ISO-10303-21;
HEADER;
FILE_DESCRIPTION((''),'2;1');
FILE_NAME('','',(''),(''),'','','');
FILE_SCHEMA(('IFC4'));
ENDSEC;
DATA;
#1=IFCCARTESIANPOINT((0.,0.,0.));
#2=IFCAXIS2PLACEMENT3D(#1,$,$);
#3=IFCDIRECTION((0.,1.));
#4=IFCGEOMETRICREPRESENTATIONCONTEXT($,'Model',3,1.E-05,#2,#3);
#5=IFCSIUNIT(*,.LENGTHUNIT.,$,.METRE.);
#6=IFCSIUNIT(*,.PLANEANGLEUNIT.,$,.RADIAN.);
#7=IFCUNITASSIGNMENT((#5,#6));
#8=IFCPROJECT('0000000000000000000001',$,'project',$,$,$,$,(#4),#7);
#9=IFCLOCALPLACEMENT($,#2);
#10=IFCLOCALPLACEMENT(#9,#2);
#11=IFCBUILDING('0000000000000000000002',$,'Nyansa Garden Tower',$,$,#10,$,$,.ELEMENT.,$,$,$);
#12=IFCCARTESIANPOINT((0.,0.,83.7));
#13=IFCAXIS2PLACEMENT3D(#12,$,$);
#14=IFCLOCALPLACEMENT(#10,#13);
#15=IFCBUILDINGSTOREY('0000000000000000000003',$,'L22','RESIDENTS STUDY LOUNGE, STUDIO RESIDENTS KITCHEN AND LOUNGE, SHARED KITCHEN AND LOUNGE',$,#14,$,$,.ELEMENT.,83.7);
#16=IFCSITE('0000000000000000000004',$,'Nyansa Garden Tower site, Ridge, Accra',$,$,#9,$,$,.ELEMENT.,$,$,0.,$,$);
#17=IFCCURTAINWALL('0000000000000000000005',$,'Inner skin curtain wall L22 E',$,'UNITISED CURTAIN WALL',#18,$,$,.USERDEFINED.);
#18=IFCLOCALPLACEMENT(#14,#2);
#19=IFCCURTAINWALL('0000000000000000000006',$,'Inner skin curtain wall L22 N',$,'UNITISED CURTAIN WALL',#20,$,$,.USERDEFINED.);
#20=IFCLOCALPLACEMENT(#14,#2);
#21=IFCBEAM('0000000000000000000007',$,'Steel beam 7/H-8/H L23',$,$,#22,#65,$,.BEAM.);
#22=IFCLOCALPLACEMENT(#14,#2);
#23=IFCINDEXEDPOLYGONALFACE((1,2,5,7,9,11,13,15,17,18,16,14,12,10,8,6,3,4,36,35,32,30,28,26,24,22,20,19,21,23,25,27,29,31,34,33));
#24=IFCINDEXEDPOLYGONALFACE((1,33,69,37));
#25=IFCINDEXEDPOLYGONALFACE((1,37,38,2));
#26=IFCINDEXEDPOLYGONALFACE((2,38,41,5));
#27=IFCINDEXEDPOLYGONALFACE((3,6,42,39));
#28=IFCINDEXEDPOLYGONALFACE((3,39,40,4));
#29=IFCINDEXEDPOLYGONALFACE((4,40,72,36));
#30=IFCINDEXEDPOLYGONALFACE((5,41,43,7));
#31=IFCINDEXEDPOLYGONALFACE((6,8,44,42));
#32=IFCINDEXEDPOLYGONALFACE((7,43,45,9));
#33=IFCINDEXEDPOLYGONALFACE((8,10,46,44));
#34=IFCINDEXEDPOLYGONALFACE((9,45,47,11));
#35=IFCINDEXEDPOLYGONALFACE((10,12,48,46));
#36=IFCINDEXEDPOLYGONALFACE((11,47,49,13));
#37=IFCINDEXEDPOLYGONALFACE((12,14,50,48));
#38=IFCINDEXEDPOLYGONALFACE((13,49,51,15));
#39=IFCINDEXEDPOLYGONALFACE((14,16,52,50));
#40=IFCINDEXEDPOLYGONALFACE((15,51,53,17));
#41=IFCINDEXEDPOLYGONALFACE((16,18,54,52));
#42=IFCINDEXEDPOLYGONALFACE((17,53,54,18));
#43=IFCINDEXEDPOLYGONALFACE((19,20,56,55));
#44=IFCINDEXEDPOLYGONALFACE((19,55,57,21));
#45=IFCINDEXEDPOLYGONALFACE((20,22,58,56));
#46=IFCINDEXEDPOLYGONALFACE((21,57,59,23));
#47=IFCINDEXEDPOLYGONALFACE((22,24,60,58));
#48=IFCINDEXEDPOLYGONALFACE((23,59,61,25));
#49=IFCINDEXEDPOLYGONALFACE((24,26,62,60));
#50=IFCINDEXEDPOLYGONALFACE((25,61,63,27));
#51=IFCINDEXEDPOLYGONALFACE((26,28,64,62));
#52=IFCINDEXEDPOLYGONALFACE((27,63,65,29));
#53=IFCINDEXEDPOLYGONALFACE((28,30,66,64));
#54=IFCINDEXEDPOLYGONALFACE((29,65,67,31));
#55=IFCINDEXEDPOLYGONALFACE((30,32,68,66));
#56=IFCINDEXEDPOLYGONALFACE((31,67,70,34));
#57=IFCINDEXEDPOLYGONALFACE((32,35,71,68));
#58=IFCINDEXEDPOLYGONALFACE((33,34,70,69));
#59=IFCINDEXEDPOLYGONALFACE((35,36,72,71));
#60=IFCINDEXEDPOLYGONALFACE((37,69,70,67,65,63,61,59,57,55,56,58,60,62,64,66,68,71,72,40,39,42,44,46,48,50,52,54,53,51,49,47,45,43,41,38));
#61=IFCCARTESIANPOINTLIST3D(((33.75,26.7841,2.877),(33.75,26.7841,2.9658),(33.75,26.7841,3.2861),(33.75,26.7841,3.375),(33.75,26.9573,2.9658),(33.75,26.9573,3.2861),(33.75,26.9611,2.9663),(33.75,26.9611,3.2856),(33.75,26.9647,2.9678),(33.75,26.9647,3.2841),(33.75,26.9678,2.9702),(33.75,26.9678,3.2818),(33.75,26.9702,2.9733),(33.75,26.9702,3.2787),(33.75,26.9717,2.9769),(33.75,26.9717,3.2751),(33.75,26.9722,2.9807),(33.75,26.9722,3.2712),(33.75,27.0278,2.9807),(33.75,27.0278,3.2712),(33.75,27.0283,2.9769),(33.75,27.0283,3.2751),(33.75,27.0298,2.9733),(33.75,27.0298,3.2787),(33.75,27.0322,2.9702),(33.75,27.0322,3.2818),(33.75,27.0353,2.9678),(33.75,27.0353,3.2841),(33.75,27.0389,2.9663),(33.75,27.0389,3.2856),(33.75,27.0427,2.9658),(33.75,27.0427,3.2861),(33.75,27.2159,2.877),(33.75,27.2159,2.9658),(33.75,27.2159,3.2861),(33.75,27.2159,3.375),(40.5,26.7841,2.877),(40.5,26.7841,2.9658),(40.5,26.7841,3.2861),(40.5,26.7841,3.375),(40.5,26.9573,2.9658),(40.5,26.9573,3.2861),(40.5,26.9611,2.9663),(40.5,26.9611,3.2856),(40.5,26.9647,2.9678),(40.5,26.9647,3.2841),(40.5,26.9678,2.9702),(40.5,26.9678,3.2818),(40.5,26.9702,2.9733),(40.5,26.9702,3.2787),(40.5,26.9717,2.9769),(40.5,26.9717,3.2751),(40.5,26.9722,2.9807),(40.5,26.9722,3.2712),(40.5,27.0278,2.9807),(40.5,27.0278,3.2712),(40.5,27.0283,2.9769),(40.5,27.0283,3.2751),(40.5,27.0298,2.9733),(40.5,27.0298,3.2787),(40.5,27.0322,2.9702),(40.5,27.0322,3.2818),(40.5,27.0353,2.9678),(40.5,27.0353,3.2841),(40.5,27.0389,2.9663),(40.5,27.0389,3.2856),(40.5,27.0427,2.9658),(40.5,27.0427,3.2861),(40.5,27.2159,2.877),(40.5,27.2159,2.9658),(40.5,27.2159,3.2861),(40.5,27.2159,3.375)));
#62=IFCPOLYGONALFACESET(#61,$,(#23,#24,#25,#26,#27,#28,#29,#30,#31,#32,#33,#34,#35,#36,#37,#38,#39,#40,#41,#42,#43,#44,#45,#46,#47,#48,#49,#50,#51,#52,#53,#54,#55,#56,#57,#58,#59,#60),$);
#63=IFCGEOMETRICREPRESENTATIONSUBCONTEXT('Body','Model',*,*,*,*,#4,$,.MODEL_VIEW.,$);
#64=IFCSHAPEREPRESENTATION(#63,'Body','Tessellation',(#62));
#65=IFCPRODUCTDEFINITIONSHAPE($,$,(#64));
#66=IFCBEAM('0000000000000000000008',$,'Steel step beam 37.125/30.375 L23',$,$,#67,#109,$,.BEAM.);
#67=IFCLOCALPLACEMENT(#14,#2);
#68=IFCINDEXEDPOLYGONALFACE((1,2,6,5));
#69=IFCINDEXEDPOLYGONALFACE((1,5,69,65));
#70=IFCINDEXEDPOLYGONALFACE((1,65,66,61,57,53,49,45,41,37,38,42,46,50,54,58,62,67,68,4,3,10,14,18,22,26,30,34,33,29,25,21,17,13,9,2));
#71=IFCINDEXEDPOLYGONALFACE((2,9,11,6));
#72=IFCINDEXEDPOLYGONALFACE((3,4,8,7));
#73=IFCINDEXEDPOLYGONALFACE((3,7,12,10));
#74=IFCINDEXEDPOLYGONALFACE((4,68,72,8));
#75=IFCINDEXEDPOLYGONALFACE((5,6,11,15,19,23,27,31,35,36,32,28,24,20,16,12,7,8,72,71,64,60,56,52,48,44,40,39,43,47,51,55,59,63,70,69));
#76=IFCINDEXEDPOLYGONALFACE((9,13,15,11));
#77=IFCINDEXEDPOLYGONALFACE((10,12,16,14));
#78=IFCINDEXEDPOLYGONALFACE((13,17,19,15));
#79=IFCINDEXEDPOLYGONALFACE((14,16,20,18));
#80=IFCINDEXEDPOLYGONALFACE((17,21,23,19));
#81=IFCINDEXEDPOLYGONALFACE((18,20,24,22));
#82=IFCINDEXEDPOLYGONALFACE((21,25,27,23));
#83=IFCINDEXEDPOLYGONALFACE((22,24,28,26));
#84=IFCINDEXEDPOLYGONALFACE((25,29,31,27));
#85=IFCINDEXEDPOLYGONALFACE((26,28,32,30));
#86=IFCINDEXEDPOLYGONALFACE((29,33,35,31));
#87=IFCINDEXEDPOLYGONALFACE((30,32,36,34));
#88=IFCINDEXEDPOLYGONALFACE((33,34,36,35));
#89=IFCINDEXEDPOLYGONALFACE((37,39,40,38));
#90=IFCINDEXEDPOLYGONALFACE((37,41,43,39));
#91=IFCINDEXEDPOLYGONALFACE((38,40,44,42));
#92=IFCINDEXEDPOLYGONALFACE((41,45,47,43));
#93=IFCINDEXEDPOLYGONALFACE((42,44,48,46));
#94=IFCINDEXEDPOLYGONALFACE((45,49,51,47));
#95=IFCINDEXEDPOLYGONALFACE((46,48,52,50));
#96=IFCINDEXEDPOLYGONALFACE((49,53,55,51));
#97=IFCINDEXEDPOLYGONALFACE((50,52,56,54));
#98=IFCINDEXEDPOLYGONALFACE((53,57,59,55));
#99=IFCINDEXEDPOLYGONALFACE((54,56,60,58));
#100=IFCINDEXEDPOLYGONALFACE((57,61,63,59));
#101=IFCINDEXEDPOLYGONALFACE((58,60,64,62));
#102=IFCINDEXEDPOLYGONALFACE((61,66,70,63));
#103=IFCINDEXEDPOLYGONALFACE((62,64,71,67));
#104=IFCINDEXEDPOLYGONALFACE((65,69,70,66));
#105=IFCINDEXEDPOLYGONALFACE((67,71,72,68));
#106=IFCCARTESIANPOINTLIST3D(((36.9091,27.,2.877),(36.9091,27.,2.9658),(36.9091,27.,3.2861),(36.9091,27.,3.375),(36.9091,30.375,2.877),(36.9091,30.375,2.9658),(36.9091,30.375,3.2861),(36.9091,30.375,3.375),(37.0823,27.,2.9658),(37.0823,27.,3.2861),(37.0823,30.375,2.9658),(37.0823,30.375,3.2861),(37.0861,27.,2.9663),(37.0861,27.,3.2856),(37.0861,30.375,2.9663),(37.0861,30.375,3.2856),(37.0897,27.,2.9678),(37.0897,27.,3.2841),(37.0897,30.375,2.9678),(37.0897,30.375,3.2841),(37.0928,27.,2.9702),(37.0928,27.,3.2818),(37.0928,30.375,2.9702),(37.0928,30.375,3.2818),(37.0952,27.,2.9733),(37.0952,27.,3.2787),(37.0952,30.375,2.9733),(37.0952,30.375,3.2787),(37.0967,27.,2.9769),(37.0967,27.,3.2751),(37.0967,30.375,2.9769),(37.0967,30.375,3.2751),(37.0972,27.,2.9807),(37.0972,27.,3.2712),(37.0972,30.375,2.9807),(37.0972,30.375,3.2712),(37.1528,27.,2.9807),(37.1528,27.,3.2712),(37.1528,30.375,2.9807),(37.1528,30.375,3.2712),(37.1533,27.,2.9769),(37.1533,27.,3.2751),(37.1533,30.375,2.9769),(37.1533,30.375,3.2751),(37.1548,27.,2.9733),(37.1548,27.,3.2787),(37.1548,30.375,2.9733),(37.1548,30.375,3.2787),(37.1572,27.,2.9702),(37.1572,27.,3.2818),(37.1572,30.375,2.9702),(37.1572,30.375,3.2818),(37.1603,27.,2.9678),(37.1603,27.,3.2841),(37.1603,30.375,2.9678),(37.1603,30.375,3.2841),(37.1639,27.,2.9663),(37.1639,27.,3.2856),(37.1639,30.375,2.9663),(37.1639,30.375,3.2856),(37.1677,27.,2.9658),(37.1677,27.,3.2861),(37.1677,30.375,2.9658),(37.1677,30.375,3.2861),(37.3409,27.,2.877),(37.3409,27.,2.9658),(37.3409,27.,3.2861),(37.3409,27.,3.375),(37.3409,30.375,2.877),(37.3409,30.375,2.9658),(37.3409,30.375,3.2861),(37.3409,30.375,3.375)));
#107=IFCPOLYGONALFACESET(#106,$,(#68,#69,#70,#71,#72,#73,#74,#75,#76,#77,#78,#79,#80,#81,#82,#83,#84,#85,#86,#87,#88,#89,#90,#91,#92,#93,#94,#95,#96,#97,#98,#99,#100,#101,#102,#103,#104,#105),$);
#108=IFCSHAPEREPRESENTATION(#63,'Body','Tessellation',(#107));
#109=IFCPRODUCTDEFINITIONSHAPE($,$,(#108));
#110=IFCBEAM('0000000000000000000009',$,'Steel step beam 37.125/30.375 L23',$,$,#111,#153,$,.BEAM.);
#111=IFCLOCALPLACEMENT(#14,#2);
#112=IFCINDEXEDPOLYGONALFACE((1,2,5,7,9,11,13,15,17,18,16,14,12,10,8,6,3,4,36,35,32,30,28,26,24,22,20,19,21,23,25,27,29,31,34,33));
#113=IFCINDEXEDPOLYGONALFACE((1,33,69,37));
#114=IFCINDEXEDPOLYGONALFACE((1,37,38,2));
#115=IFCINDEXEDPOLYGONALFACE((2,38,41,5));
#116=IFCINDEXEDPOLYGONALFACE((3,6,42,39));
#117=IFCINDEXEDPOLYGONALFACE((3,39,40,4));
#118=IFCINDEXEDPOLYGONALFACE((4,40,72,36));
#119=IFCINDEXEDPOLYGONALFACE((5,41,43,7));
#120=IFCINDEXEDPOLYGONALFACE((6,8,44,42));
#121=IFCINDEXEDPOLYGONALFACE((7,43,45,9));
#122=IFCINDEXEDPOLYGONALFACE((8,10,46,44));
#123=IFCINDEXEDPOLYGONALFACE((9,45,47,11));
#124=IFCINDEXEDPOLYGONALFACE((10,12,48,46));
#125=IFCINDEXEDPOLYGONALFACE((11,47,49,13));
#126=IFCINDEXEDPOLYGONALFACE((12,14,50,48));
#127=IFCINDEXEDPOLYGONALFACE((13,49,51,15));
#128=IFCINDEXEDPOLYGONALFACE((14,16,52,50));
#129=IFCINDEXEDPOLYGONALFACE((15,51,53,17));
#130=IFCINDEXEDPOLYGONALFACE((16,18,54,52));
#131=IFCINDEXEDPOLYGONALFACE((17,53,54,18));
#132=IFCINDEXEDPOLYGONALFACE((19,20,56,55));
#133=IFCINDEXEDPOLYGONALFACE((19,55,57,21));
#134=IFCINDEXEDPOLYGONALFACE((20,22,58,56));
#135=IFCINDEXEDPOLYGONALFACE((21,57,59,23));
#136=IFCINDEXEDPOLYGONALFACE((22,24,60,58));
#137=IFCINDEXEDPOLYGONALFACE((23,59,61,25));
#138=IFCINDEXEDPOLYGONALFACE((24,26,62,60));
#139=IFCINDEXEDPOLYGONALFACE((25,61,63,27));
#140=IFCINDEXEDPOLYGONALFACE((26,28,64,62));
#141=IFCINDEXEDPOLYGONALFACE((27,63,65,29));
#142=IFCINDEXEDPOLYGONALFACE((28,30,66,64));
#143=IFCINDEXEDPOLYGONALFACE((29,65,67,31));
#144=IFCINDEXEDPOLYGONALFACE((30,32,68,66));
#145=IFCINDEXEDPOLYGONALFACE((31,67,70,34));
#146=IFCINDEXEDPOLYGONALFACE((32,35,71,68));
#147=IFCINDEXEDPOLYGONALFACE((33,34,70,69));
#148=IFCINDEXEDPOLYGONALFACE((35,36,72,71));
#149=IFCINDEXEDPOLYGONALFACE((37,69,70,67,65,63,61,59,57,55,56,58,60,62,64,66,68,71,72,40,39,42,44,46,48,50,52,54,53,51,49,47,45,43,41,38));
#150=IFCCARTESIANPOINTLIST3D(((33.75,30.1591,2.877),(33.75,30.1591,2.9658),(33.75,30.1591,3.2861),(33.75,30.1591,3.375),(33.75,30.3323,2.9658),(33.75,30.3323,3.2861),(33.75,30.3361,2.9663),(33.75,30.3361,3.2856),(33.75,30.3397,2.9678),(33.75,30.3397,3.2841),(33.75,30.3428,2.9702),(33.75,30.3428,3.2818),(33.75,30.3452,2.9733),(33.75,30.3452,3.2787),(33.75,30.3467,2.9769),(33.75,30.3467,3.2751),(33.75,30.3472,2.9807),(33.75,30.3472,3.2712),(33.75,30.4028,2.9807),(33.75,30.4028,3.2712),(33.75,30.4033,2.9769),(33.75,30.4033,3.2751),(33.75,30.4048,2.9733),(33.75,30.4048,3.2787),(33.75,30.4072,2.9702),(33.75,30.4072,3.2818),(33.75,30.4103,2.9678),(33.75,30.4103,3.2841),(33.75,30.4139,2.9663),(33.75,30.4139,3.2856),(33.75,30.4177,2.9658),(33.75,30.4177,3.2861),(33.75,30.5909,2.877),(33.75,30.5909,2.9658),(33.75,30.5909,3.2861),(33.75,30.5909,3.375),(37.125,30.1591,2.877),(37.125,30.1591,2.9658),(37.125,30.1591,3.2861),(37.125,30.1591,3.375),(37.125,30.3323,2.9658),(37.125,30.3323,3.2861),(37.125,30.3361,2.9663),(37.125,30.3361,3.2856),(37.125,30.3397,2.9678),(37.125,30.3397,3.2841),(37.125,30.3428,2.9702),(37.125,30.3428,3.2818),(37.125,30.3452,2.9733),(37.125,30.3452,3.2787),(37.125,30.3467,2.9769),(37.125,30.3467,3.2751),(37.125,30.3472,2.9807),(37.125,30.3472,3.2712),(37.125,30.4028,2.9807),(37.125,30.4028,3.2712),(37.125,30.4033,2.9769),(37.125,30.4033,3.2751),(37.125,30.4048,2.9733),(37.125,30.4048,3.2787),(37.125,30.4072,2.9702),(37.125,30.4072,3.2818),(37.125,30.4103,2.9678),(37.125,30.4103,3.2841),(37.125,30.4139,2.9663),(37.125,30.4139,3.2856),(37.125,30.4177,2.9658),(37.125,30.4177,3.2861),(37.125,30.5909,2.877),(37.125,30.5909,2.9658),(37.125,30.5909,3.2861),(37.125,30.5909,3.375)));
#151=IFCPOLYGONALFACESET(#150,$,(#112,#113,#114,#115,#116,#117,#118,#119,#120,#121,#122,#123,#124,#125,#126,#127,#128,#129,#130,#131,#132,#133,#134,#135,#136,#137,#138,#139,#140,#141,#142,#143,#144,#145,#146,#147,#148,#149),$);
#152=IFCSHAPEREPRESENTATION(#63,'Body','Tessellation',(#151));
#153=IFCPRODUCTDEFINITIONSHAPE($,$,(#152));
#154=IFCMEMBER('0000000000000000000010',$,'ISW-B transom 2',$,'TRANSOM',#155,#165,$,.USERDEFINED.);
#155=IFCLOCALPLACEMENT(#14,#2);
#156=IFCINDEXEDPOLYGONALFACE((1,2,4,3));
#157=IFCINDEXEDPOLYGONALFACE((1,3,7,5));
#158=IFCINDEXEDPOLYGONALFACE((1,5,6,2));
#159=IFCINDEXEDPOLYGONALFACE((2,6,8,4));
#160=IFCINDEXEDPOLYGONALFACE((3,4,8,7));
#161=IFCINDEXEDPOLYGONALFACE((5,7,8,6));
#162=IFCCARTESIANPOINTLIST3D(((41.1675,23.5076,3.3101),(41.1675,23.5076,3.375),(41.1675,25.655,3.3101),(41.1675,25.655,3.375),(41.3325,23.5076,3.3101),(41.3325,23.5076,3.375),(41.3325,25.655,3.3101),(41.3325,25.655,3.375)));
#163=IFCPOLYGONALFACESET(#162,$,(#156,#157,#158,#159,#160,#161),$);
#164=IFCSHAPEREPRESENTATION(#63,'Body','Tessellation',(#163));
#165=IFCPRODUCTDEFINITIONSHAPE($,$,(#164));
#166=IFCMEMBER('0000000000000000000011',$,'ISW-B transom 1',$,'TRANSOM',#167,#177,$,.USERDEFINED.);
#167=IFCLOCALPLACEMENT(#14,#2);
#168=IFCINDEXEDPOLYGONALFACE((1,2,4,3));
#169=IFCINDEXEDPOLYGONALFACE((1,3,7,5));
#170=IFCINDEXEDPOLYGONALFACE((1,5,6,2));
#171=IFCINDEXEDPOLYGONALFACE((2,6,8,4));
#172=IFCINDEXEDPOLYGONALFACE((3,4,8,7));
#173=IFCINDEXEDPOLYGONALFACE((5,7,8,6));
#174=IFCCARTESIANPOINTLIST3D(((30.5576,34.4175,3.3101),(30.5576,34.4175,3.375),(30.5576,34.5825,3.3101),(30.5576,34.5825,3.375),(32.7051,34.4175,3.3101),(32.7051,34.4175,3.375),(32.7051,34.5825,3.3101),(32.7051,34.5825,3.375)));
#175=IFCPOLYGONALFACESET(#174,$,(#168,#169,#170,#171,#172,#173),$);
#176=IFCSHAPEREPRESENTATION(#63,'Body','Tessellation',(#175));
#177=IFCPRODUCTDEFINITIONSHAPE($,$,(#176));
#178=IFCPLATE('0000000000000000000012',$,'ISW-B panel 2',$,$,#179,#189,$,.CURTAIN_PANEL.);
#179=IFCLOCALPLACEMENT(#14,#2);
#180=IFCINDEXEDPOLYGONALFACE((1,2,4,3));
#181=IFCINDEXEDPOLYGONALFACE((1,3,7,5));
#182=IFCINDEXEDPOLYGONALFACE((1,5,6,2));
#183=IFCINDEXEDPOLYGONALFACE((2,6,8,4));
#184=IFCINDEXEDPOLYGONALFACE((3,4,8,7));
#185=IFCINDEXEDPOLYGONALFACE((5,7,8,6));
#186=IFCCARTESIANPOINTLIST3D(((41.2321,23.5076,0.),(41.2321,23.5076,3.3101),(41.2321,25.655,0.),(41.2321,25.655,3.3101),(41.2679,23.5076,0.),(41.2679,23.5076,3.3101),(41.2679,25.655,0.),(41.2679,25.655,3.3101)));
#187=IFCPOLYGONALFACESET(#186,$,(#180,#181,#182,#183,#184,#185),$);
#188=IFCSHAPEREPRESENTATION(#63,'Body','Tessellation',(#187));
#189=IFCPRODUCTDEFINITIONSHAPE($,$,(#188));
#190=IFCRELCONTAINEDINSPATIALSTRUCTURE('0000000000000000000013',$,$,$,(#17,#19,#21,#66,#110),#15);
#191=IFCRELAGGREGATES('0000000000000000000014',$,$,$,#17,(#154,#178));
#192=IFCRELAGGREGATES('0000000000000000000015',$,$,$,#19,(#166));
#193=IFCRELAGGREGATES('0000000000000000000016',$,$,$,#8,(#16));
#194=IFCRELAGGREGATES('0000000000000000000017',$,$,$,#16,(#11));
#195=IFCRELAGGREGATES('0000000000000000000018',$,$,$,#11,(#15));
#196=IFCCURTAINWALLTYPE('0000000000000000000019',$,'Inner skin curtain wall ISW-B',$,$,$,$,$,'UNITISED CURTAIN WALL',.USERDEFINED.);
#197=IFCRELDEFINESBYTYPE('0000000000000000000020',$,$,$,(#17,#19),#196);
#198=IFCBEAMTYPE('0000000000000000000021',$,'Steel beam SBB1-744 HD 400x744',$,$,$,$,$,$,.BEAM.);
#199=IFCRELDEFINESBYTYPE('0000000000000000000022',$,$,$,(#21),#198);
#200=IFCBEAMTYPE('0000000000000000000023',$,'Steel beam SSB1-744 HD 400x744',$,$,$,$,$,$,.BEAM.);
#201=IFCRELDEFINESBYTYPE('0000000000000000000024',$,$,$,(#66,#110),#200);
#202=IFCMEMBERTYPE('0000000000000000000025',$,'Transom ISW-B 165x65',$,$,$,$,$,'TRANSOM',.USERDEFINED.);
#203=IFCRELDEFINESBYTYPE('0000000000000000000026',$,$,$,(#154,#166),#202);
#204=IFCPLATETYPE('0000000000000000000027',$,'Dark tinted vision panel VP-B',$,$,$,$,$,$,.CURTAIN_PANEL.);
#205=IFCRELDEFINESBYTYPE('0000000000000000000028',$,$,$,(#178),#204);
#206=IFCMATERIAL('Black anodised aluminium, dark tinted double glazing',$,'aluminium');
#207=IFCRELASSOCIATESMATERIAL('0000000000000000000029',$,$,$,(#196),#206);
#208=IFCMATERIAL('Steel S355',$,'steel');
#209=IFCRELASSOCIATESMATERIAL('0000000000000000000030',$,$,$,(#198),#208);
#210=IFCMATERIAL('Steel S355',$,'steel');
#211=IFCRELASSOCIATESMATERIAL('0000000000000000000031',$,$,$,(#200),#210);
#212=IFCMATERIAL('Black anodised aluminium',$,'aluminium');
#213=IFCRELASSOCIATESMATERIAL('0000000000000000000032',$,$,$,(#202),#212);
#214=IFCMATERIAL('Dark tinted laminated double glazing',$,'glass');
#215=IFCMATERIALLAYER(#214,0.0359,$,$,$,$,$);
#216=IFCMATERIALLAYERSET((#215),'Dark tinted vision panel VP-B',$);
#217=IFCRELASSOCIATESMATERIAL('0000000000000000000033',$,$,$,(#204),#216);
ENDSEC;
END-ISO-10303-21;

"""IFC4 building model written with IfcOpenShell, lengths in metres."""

from ifc_helpers import new_model, si_unit, direction, frame, origin, origin_2d, place, context, subcontext, project, spatial, rectangle, i_section, extrude, material, layer, layer_set, material_profile, profile_set, type_object, element, aggregate, save


model = new_model("IFC4")

# Units and contexts
model_context = context("Model", 3, precision=1e-05, world=origin(), true_north=direction((0.0, 1.0)))
body_context = subcontext(model_context, "Body", "Model", "MODEL_VIEW")
ifc_project = project(units=[si_unit("LENGTHUNIT", "METRE"), si_unit("PLANEANGLEUNIT", "RADIAN")], contexts=[model_context])

# Site, building, storey
site_placement = place(None, origin())
site = spatial("IfcSite", under=ifc_project, at=site_placement, Name="Nyansa Garden Tower site, Ridge, Accra", CompositionType="ELEMENT", RefElevation=0.0)
building_placement = place(site_placement, origin())
building = spatial("IfcBuilding", under=site, at=building_placement, Name="Nyansa Garden Tower", CompositionType="ELEMENT")
storey_placement = place(building_placement, frame((0.0, 0.0, 83.7)))
storey = spatial("IfcBuildingStorey", under=building, at=storey_placement, Name="L22", Description="RESIDENTS STUDY LOUNGE, STUDIO RESIDENTS KITCHEN AND LOUNGE, SHARED KITCHEN AND LOUNGE", CompositionType="ELEMENT", Elevation=83.7)

# Curtain wall
ifc_material_1 = material(Name="Black anodised aluminium, dark tinted double glazing", Category="aluminium")
curtain_wall_type = type_object("IfcCurtainWallType", Name="Inner skin curtain wall ISW-B", ElementType="UNITISED CURTAIN WALL", PredefinedType="USERDEFINED", material=ifc_material_1)
curtain_wall_1_placement = place(storey_placement, origin())
curtain_wall_1 = element("IfcCurtainWall", 1, at=curtain_wall_1_placement, inside=storey, type_object=curtain_wall_type, Name="Inner skin curtain wall L22 E", ObjectType="UNITISED CURTAIN WALL", PredefinedType="USERDEFINED")

# Curtain wall
curtain_wall_2_placement = place(storey_placement, origin())
curtain_wall_2 = element("IfcCurtainWall", 2, at=curtain_wall_2_placement, inside=storey, type_object=curtain_wall_type, Name="Inner skin curtain wall L22 N", ObjectType="UNITISED CURTAIN WALL", PredefinedType="USERDEFINED")

# Beams
ifc_material_2 = material(Name="Steel S355", Category="steel")
ifc_material_profile_1 = material_profile(ifc_material_2, i_section(OverallWidth=0.4319, OverallDepth=0.498, WebThickness=0.0557, FlangeThickness=0.0889, FilletRadius=0.0149, at=origin_2d()), Name="HD 400x744")
ifc_profile_set_1 = profile_set([ifc_material_profile_1], Name="Steel S355")
beam_type_1 = type_object("IfcBeamType", Name="Steel beam SBB1-744 HD 400x744", PredefinedType="BEAM", material=ifc_profile_set_1)
for number, where, z_axis, x_axis, name in (
    (3, (33.75, 27.0, 3.126), (1.0, 0.0, 0.0), (0.0, 1.0, 0.0), "Steel beam 7/H-8/H L23"),
):
    element("IfcBeam", number, at=place(storey_placement, frame(where, z_axis=z_axis, x_axis=x_axis)), inside=storey, type_object=beam_type_1, Name=name, PredefinedType="BEAM", context=body_context, shape_type="SweptSolid", body=[
        extrude(i_section(OverallWidth=0.4319, OverallDepth=0.498, WebThickness=0.0557, FlangeThickness=0.0889, FilletRadius=0.0149, at=origin_2d()), origin(), (0.0, 0.0, 1.0), 6.75),
    ])
ifc_material_3 = material(Name="Steel S355", Category="steel")
ifc_material_profile_2 = material_profile(ifc_material_3, i_section(OverallWidth=0.4319, OverallDepth=0.498, WebThickness=0.0557, FlangeThickness=0.0889, FilletRadius=0.0149, at=origin_2d()), Name="HD 400x744")
ifc_profile_set_2 = profile_set([ifc_material_profile_2], Name="Steel S355")
beam_type_2 = type_object("IfcBeamType", Name="Steel beam SSB1-744 HD 400x744", PredefinedType="BEAM", material=ifc_profile_set_2)
for number, where, z_axis, x_axis, name in (
    (4, (37.125, 30.375, 3.126), (0.0, -1.0, 0.0), (1.0, 0.0, 0.0), "Steel step beam 37.125/30.375 L23"),
    (5, (37.125, 30.375, 3.126), (-1.0, 0.0, 0.0), (0.0, -1.0, 0.0), "Steel step beam 37.125/30.375 L23"),
):
    element("IfcBeam", number, at=place(storey_placement, frame(where, z_axis=z_axis, x_axis=x_axis)), inside=storey, type_object=beam_type_2, Name=name, PredefinedType="BEAM", context=body_context, shape_type="SweptSolid", body=[
        extrude(i_section(OverallWidth=0.4319, OverallDepth=0.498, WebThickness=0.0557, FlangeThickness=0.0889, FilletRadius=0.0149, at=origin_2d()), origin(), (0.0, 0.0, 1.0), 3.375),
    ])

# Members
ifc_material_4 = material(Name="Black anodised aluminium", Category="aluminium")
ifc_material_profile_3 = material_profile(ifc_material_4, rectangle(XDim=0.165, YDim=0.0649, at=origin_2d()), Name="Transom 165x65")
ifc_profile_set_3 = profile_set([ifc_material_profile_3], Name="Black anodised aluminium")
member_type_1 = type_object("IfcMemberType", Name="Transom ISW-B 165x65", ElementType="TRANSOM", PredefinedType="USERDEFINED", material=ifc_profile_set_3)
member_1_placement = place(storey_placement, frame((41.25, 23.5076, 3.3425), z_axis=(0.0, 1.0, 0.0), x_axis=(-1.0, 0.0, 0.0)))
member_1 = element("IfcMember", 6, at=member_1_placement, type_object=member_type_1, Name="ISW-B transom 2", ObjectType="TRANSOM", PredefinedType="USERDEFINED", context=body_context, shape_type="SweptSolid", body=[
    extrude(rectangle(XDim=0.165, YDim=0.0649, at=origin_2d()), origin(), (0.0, 0.0, 1.0), 2.1475),
])
member_2_placement = place(storey_placement, frame((32.7051, 34.5, 3.3425), z_axis=(-1.0, 0.0, 0.0), x_axis=(0.0, -1.0, 0.0)))
member_2 = element("IfcMember", 7, at=member_2_placement, type_object=member_type_1, Name="ISW-B transom 1", ObjectType="TRANSOM", PredefinedType="USERDEFINED", context=body_context, shape_type="SweptSolid", body=[
    extrude(rectangle(XDim=0.165, YDim=0.0649, at=origin_2d()), origin(), (0.0, 0.0, 1.0), 2.1475),
])

# Plate
ifc_material_5 = material(Name="Dark tinted laminated double glazing", Category="glass")
ifc_layer_1 = layer(ifc_material_5, 0.0359)
ifc_layer_set_1 = layer_set([ifc_layer_1], Name="Dark tinted vision panel VP-B")
plate_type = type_object("IfcPlateType", Name="Dark tinted vision panel VP-B", PredefinedType="CURTAIN_PANEL", material=ifc_layer_set_1)
plate_1_placement = place(storey_placement, frame((41.25, 24.5813, 0.0), z_axis=(0.0, 0.0, 1.0), x_axis=(0.0, 1.0, 0.0)))
plate_1 = element("IfcPlate", 8, at=plate_1_placement, type_object=plate_type, Name="ISW-B panel 2", PredefinedType="CURTAIN_PANEL", context=body_context, shape_type="SweptSolid", body=[
    extrude(rectangle(XDim=2.1475, YDim=0.0359, at=origin_2d()), origin(), (0.0, 0.0, 1.0), 3.3101),
])
aggregate(curtain_wall_1, [member_1, plate_1])
aggregate(curtain_wall_2, [member_2])

save(model, "model.ifc")
